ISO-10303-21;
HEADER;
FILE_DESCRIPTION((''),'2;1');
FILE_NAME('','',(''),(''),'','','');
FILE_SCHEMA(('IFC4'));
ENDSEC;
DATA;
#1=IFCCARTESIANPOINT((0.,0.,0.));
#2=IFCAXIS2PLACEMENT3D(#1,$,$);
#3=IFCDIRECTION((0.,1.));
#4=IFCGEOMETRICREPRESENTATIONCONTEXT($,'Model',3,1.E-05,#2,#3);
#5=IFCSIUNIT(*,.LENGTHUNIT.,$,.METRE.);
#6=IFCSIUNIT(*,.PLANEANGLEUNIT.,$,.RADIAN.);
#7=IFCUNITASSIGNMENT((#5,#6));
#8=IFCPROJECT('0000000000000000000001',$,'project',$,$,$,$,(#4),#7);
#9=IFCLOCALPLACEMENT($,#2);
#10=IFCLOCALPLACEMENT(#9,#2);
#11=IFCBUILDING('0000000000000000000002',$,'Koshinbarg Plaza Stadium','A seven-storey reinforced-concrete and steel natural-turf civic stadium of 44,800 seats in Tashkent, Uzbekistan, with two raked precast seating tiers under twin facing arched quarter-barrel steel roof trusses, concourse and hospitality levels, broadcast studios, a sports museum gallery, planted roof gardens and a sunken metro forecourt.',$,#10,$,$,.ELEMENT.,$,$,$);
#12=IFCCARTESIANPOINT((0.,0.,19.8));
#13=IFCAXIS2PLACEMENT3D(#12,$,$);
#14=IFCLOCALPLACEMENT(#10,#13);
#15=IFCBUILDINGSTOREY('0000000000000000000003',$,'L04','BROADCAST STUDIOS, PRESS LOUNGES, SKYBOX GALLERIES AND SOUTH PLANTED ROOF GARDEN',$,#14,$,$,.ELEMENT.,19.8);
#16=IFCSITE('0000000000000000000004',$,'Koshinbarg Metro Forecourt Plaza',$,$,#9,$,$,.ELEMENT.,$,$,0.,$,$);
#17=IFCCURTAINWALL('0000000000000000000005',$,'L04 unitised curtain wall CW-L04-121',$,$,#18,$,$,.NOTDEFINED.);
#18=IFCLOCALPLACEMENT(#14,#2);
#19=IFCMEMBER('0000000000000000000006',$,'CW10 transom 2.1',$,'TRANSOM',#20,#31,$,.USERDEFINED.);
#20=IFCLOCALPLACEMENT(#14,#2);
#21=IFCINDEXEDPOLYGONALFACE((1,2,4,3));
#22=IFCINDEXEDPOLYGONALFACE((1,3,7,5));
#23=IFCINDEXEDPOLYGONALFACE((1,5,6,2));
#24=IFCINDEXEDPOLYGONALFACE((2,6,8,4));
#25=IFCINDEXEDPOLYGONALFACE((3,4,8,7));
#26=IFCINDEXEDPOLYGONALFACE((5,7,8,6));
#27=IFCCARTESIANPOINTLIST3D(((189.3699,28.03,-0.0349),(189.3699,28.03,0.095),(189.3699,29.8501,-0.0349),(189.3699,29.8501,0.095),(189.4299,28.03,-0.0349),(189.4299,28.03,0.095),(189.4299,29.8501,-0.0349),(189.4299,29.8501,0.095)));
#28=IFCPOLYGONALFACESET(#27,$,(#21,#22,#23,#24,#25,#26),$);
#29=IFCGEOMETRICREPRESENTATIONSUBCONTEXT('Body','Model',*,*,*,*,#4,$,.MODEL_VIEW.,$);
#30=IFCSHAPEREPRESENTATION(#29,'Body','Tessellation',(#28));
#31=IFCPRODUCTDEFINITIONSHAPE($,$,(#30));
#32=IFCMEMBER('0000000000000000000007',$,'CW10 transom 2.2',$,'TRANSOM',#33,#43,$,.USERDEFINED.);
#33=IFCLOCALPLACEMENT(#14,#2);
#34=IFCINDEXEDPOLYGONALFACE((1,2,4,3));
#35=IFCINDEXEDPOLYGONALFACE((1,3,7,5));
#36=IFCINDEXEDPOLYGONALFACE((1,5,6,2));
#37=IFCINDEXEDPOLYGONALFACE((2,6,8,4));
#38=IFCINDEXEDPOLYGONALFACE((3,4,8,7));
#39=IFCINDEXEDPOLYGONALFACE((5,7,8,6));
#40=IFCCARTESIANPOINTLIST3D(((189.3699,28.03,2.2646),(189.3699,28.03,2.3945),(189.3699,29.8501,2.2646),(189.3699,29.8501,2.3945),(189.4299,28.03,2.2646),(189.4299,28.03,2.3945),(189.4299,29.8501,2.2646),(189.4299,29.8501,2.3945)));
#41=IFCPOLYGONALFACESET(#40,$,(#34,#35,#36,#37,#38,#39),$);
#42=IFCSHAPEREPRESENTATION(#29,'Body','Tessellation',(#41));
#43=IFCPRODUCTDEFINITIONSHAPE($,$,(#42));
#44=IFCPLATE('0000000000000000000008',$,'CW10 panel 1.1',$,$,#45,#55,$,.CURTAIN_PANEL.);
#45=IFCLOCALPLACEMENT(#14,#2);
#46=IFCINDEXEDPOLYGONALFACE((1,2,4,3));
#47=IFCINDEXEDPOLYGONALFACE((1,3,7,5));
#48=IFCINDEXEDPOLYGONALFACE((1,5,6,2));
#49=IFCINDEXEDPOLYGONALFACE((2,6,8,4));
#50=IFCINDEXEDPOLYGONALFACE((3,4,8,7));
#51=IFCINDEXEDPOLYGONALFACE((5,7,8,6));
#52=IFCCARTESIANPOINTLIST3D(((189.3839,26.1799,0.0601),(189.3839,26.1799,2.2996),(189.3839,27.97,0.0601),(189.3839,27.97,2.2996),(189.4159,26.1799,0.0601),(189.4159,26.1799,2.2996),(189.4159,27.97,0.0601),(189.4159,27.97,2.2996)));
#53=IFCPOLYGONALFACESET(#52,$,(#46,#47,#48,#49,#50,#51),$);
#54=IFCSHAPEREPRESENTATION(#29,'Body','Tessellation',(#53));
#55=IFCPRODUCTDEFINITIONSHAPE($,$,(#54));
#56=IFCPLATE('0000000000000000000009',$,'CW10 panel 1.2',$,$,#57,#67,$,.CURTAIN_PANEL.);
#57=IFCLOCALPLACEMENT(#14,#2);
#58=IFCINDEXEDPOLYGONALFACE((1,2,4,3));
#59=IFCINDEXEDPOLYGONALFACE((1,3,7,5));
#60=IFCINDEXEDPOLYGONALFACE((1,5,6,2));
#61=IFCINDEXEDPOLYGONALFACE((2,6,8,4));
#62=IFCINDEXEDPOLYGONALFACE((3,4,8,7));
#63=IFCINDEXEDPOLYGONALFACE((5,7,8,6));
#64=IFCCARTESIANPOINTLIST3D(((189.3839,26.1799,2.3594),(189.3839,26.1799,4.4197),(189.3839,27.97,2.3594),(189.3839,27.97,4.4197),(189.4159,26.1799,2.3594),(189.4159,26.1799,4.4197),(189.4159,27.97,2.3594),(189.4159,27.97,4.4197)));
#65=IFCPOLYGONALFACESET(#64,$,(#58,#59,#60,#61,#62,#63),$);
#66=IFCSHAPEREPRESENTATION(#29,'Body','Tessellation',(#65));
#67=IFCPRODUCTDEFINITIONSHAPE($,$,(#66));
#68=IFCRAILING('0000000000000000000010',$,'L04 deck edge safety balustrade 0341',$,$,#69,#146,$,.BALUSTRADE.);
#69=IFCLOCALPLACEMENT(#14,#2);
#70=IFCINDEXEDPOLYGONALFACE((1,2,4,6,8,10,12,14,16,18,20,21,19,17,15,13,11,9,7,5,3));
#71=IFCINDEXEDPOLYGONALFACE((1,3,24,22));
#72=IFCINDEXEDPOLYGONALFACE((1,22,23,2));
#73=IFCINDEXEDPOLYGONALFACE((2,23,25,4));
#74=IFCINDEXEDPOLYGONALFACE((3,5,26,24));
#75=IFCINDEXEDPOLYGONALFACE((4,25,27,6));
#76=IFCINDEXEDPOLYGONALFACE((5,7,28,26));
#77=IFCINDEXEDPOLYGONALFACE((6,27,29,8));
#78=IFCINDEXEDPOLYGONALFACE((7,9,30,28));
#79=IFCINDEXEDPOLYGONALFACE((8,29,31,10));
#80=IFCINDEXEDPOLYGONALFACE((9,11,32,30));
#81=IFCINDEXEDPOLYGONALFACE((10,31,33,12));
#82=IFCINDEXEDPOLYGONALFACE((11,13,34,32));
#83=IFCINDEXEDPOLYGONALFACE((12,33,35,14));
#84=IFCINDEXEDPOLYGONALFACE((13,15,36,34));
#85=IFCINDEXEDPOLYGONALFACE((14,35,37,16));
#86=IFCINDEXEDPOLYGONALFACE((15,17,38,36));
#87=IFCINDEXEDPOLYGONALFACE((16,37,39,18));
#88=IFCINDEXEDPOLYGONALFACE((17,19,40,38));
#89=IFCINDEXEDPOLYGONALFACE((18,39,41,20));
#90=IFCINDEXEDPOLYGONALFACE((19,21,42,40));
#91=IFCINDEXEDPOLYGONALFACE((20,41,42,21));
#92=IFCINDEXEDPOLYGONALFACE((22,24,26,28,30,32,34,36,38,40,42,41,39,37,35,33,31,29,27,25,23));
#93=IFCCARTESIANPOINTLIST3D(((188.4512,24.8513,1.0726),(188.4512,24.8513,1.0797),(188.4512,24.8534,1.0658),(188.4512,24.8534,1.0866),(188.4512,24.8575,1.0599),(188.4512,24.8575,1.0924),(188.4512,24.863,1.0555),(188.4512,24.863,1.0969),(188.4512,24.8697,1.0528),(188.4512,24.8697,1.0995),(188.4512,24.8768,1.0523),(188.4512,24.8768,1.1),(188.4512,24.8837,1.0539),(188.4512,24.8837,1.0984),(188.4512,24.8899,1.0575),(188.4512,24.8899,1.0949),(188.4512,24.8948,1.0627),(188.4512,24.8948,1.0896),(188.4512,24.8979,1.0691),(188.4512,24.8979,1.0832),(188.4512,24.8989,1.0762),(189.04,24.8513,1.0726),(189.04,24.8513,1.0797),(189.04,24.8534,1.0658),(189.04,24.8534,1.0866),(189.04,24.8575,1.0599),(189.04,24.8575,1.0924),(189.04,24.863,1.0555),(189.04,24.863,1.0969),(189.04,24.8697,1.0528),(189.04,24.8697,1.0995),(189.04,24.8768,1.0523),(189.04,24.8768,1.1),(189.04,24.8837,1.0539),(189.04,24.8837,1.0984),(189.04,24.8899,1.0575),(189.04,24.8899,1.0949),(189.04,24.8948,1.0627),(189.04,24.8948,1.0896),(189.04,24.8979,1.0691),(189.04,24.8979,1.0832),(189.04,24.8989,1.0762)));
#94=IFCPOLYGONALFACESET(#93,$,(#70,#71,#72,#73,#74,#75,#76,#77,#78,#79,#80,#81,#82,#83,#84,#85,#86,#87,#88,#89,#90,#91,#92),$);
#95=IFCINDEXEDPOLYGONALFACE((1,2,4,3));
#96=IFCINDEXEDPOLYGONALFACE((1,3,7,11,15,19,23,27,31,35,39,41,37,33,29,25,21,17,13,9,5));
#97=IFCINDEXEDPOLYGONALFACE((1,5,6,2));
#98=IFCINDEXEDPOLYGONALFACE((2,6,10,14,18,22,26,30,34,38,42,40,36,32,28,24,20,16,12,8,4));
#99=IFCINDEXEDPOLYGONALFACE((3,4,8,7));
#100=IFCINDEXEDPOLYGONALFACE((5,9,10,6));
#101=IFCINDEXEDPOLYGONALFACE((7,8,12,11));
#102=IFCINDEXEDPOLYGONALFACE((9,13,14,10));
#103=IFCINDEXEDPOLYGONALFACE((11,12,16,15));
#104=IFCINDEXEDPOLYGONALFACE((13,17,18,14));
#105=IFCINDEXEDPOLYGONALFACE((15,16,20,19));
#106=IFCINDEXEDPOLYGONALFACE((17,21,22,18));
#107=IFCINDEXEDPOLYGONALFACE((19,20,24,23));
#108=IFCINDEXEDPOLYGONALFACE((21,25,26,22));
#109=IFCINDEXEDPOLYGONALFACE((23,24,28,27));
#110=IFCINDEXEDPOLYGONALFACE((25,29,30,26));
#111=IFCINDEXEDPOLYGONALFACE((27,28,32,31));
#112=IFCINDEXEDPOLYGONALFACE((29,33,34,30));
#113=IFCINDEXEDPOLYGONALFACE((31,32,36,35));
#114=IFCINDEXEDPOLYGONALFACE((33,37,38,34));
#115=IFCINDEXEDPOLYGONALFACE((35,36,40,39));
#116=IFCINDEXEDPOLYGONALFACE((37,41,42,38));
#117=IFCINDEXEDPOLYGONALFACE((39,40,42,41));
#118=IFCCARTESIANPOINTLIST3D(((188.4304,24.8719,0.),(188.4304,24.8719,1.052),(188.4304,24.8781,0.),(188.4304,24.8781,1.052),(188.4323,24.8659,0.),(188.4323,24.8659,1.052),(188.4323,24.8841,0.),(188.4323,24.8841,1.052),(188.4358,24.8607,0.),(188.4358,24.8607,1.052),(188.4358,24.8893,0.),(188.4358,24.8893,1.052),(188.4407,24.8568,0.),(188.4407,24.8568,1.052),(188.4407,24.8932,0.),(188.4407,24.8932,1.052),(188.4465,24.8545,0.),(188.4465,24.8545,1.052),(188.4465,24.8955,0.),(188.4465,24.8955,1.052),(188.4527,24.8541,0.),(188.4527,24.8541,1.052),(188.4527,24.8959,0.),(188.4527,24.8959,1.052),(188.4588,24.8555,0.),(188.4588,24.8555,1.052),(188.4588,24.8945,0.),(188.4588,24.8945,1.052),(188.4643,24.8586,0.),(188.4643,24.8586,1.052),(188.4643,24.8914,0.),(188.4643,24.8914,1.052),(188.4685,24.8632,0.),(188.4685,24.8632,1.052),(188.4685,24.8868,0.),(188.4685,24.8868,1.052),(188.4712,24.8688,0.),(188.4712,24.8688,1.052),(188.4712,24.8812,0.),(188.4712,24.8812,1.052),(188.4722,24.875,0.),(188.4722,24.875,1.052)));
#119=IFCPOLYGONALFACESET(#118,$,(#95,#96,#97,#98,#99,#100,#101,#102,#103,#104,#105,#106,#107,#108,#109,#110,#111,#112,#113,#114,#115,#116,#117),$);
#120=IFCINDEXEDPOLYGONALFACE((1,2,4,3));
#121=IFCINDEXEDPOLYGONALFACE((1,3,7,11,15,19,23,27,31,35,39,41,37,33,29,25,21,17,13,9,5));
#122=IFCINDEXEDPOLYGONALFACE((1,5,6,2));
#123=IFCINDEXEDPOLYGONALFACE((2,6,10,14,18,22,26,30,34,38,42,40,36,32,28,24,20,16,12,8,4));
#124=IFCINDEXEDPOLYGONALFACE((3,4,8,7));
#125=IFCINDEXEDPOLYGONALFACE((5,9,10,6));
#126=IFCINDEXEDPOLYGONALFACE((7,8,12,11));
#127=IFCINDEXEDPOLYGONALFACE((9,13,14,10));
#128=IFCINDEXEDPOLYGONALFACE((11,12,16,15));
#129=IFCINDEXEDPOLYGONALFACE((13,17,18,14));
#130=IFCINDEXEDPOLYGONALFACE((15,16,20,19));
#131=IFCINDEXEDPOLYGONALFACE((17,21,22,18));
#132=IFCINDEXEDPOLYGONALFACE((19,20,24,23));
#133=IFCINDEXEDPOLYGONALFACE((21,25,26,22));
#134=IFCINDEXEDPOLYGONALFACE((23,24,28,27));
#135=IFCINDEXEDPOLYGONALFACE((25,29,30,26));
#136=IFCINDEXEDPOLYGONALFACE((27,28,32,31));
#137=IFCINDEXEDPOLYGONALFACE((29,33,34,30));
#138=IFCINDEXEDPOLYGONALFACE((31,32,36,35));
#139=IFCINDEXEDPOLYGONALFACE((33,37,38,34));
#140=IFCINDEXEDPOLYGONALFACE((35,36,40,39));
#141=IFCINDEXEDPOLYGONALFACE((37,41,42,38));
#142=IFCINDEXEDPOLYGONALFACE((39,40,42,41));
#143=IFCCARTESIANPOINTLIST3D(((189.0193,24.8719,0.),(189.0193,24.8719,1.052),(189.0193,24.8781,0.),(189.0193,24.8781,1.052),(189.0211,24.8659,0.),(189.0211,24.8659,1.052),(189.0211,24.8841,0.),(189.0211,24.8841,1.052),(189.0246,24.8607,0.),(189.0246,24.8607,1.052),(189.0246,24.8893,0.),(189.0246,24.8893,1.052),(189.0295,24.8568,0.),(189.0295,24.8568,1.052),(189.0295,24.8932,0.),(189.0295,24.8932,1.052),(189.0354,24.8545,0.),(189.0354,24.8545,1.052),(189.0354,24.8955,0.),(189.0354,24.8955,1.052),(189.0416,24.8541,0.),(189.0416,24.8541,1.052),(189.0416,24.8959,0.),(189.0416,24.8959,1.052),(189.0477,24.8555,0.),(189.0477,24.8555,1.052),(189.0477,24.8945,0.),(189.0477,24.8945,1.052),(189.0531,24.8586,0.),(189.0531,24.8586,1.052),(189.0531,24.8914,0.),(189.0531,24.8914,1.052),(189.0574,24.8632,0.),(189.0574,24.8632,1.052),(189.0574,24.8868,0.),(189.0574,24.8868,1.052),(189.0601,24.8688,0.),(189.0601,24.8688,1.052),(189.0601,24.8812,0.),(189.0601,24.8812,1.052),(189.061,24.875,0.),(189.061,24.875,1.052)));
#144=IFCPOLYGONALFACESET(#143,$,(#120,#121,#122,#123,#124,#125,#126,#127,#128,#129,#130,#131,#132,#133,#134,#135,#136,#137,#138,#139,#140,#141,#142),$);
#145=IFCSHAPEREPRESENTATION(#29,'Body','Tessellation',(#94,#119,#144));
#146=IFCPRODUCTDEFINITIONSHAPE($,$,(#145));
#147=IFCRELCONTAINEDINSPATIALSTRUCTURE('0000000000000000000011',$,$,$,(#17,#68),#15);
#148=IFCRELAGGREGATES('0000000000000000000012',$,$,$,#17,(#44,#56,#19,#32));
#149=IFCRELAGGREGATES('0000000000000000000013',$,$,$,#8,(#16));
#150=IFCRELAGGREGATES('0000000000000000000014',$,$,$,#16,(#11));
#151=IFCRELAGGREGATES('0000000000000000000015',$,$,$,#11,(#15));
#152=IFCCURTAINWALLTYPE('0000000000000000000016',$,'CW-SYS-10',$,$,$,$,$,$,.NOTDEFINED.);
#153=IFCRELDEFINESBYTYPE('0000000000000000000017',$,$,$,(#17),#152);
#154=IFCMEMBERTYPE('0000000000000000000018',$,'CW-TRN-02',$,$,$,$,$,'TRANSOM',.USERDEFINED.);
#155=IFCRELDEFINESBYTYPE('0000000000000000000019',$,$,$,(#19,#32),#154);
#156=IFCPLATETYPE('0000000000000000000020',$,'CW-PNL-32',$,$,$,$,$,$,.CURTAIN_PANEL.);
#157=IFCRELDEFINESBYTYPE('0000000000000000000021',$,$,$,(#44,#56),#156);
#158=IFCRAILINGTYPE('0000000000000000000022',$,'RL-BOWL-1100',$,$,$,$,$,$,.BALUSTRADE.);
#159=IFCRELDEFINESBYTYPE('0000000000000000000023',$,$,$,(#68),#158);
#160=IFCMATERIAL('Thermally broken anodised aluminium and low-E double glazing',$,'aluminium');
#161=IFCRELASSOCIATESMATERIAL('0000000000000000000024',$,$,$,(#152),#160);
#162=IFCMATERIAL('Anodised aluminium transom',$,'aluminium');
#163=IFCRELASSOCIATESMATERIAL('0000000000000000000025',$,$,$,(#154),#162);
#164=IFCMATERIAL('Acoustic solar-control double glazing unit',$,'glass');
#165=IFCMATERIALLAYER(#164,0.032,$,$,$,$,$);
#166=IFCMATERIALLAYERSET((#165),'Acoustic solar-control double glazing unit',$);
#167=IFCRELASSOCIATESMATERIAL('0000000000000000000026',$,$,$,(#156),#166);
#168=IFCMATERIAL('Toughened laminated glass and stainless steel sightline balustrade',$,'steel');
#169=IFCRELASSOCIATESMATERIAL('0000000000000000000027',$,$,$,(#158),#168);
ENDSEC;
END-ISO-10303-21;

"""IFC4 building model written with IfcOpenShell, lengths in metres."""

from ifc_helpers import new_model, si_unit, direction, frame, origin, origin_2d, place, context, subcontext, project, spatial, rectangle, circle, extrude, material, layer, layer_set, material_profile, profile_set, type_object, element, aggregate, save


model = new_model("IFC4")

# Units and contexts
model_context = context("Model", 3, precision=1e-05, world=origin(), true_north=direction((0.0, 1.0)))
body_context = subcontext(model_context, "Body", "Model", "MODEL_VIEW")
ifc_project = project(units=[si_unit("LENGTHUNIT", "METRE"), si_unit("PLANEANGLEUNIT", "RADIAN")], contexts=[model_context])

# Site, building, storey
site_placement = place(None, origin())
site = spatial("IfcSite", under=ifc_project, at=site_placement, Name="Koshinbarg Metro Forecourt Plaza", CompositionType="ELEMENT", RefElevation=0.0)
building_placement = place(site_placement, origin())
building = spatial("IfcBuilding", under=site, at=building_placement, Name="Koshinbarg Plaza Stadium", Description="A seven-storey reinforced-concrete and steel natural-turf civic stadium of 44,800 seats in Tashkent, Uzbekistan, with two raked precast seating tiers under twin facing arched quarter-barrel steel roof trusses, concourse and hospitality levels, broadcast studios, a sports museum gallery, planted roof gardens and a sunken metro forecourt.", CompositionType="ELEMENT")
storey_placement = place(building_placement, frame((0.0, 0.0, 19.8)))
storey = spatial("IfcBuildingStorey", under=building, at=storey_placement, Name="L04", Description="BROADCAST STUDIOS, PRESS LOUNGES, SKYBOX GALLERIES AND SOUTH PLANTED ROOF GARDEN", CompositionType="ELEMENT", Elevation=19.8)

# Curtain wall, members, plates
ifc_material_1 = material(Name="Thermally broken anodised aluminium and low-E double glazing", Category="aluminium")
curtain_wall_type = type_object("IfcCurtainWallType", Name="CW-SYS-10", PredefinedType="NOTDEFINED", material=ifc_material_1)
curtain_wall_placement = place(storey_placement, origin())
curtain_wall = element("IfcCurtainWall", 1, at=curtain_wall_placement, inside=storey, type_object=curtain_wall_type, Name="L04 unitised curtain wall CW-L04-121", PredefinedType="NOTDEFINED")
ifc_material_2 = material(Name="Anodised aluminium transom", Category="aluminium")
ifc_material_profile_1 = material_profile(ifc_material_2, rectangle(XDim=0.0601, YDim=0.1299, at=origin_2d()), Name="ALU 60x130")
ifc_profile_set_1 = profile_set([ifc_material_profile_1], Name="Anodised aluminium transom")
member_type_1 = type_object("IfcMemberType", Name="CW-TRN-02", ElementType="TRANSOM", PredefinedType="USERDEFINED", material=ifc_profile_set_1)
member_1_placement = place(storey_placement, frame((189.3999, 28.03, 0.03), z_axis=(0.0, 1.0, 0.0), x_axis=(-1.0, 0.0, 0.0)))
member_1 = element("IfcMember", 2, at=member_1_placement, type_object=member_type_1, Name="CW10 transom 2.1", ObjectType="TRANSOM", PredefinedType="USERDEFINED", context=body_context, shape_type="SweptSolid", body=[
    extrude(rectangle(XDim=0.0601, YDim=0.1299, at=origin_2d()), origin(), (0.0, 0.0, 1.0), 1.8201),
])
member_2_placement = place(storey_placement, frame((189.3999, 28.03, 2.3296), z_axis=(0.0, 1.0, 0.0), x_axis=(-1.0, 0.0, 0.0)))
member_2 = element("IfcMember", 3, at=member_2_placement, type_object=member_type_1, Name="CW10 transom 2.2", ObjectType="TRANSOM", PredefinedType="USERDEFINED", context=body_context, shape_type="SweptSolid", body=[
    extrude(rectangle(XDim=0.0601, YDim=0.1299, at=origin_2d()), origin(), (0.0, 0.0, 1.0), 1.8201),
])
ifc_material_3 = material(Name="Acoustic solar-control double glazing unit", Category="glass")
ifc_layer_1 = layer(ifc_material_3, 0.032)
ifc_layer_set_1 = layer_set([ifc_layer_1], Name="Acoustic solar-control double glazing unit")
plate_type = type_object("IfcPlateType", Name="CW-PNL-32", PredefinedType="CURTAIN_PANEL", material=ifc_layer_set_1)
plate_1_placement = place(storey_placement, frame((189.3999, 27.075, 0.0601), z_axis=(0.0, 0.0, 1.0), x_axis=(0.0, 1.0, 0.0)))
plate_1 = element("IfcPlate", 4, at=plate_1_placement, type_object=plate_type, Name="CW10 panel 1.1", PredefinedType="CURTAIN_PANEL", context=body_context, shape_type="SweptSolid", body=[
    extrude(rectangle(XDim=1.79, YDim=0.032, at=origin_2d()), origin(), (0.0, 0.0, 1.0), 2.2395),
])
plate_2_placement = place(storey_placement, frame((189.3999, 27.075, 2.3594), z_axis=(0.0, 0.0, 1.0), x_axis=(0.0, 1.0, 0.0)))
plate_2 = element("IfcPlate", 5, at=plate_2_placement, type_object=plate_type, Name="CW10 panel 1.2", PredefinedType="CURTAIN_PANEL", context=body_context, shape_type="SweptSolid", body=[
    extrude(rectangle(XDim=1.79, YDim=0.032, at=origin_2d()), origin(), (0.0, 0.0, 1.0), 2.0603),
])
aggregate(curtain_wall, [plate_1, plate_2, member_1, member_2])

# Railing
ifc_material_4 = material(Name="Toughened laminated glass and stainless steel sightline balustrade", Category="steel")
railing_type_1 = type_object("IfcRailingType", Name="RL-BOWL-1100", PredefinedType="BALUSTRADE", material=ifc_material_4)
railing_placement = place(storey_placement, frame((188.4512, 24.875, 0.0)))
element("IfcRailing", 6, at=railing_placement, inside=storey, type_object=railing_type_1, Name="L04 deck edge safety balustrade 0341", PredefinedType="BALUSTRADE", context=body_context, shape_type="SweptSolid", body=[
    extrude(circle(Radius=0.0239, at=origin_2d()), frame((0.0, 0.0, 1.0762), z_axis=(1.0, 0.0, 0.0), x_axis=(0.0, 1.0, 0.0)), (0.0, 0.0, 1.0), 0.5889),
    extrude(circle(Radius=0.021, at=origin_2d()), origin(), (0.0, 0.0, 1.0), 1.052),
    extrude(circle(Radius=0.021, at=origin_2d()), frame((0.5889, 0.0, 0.0)), (0.0, 0.0, 1.0), 1.052),
])

save(model, "model.ifc")
